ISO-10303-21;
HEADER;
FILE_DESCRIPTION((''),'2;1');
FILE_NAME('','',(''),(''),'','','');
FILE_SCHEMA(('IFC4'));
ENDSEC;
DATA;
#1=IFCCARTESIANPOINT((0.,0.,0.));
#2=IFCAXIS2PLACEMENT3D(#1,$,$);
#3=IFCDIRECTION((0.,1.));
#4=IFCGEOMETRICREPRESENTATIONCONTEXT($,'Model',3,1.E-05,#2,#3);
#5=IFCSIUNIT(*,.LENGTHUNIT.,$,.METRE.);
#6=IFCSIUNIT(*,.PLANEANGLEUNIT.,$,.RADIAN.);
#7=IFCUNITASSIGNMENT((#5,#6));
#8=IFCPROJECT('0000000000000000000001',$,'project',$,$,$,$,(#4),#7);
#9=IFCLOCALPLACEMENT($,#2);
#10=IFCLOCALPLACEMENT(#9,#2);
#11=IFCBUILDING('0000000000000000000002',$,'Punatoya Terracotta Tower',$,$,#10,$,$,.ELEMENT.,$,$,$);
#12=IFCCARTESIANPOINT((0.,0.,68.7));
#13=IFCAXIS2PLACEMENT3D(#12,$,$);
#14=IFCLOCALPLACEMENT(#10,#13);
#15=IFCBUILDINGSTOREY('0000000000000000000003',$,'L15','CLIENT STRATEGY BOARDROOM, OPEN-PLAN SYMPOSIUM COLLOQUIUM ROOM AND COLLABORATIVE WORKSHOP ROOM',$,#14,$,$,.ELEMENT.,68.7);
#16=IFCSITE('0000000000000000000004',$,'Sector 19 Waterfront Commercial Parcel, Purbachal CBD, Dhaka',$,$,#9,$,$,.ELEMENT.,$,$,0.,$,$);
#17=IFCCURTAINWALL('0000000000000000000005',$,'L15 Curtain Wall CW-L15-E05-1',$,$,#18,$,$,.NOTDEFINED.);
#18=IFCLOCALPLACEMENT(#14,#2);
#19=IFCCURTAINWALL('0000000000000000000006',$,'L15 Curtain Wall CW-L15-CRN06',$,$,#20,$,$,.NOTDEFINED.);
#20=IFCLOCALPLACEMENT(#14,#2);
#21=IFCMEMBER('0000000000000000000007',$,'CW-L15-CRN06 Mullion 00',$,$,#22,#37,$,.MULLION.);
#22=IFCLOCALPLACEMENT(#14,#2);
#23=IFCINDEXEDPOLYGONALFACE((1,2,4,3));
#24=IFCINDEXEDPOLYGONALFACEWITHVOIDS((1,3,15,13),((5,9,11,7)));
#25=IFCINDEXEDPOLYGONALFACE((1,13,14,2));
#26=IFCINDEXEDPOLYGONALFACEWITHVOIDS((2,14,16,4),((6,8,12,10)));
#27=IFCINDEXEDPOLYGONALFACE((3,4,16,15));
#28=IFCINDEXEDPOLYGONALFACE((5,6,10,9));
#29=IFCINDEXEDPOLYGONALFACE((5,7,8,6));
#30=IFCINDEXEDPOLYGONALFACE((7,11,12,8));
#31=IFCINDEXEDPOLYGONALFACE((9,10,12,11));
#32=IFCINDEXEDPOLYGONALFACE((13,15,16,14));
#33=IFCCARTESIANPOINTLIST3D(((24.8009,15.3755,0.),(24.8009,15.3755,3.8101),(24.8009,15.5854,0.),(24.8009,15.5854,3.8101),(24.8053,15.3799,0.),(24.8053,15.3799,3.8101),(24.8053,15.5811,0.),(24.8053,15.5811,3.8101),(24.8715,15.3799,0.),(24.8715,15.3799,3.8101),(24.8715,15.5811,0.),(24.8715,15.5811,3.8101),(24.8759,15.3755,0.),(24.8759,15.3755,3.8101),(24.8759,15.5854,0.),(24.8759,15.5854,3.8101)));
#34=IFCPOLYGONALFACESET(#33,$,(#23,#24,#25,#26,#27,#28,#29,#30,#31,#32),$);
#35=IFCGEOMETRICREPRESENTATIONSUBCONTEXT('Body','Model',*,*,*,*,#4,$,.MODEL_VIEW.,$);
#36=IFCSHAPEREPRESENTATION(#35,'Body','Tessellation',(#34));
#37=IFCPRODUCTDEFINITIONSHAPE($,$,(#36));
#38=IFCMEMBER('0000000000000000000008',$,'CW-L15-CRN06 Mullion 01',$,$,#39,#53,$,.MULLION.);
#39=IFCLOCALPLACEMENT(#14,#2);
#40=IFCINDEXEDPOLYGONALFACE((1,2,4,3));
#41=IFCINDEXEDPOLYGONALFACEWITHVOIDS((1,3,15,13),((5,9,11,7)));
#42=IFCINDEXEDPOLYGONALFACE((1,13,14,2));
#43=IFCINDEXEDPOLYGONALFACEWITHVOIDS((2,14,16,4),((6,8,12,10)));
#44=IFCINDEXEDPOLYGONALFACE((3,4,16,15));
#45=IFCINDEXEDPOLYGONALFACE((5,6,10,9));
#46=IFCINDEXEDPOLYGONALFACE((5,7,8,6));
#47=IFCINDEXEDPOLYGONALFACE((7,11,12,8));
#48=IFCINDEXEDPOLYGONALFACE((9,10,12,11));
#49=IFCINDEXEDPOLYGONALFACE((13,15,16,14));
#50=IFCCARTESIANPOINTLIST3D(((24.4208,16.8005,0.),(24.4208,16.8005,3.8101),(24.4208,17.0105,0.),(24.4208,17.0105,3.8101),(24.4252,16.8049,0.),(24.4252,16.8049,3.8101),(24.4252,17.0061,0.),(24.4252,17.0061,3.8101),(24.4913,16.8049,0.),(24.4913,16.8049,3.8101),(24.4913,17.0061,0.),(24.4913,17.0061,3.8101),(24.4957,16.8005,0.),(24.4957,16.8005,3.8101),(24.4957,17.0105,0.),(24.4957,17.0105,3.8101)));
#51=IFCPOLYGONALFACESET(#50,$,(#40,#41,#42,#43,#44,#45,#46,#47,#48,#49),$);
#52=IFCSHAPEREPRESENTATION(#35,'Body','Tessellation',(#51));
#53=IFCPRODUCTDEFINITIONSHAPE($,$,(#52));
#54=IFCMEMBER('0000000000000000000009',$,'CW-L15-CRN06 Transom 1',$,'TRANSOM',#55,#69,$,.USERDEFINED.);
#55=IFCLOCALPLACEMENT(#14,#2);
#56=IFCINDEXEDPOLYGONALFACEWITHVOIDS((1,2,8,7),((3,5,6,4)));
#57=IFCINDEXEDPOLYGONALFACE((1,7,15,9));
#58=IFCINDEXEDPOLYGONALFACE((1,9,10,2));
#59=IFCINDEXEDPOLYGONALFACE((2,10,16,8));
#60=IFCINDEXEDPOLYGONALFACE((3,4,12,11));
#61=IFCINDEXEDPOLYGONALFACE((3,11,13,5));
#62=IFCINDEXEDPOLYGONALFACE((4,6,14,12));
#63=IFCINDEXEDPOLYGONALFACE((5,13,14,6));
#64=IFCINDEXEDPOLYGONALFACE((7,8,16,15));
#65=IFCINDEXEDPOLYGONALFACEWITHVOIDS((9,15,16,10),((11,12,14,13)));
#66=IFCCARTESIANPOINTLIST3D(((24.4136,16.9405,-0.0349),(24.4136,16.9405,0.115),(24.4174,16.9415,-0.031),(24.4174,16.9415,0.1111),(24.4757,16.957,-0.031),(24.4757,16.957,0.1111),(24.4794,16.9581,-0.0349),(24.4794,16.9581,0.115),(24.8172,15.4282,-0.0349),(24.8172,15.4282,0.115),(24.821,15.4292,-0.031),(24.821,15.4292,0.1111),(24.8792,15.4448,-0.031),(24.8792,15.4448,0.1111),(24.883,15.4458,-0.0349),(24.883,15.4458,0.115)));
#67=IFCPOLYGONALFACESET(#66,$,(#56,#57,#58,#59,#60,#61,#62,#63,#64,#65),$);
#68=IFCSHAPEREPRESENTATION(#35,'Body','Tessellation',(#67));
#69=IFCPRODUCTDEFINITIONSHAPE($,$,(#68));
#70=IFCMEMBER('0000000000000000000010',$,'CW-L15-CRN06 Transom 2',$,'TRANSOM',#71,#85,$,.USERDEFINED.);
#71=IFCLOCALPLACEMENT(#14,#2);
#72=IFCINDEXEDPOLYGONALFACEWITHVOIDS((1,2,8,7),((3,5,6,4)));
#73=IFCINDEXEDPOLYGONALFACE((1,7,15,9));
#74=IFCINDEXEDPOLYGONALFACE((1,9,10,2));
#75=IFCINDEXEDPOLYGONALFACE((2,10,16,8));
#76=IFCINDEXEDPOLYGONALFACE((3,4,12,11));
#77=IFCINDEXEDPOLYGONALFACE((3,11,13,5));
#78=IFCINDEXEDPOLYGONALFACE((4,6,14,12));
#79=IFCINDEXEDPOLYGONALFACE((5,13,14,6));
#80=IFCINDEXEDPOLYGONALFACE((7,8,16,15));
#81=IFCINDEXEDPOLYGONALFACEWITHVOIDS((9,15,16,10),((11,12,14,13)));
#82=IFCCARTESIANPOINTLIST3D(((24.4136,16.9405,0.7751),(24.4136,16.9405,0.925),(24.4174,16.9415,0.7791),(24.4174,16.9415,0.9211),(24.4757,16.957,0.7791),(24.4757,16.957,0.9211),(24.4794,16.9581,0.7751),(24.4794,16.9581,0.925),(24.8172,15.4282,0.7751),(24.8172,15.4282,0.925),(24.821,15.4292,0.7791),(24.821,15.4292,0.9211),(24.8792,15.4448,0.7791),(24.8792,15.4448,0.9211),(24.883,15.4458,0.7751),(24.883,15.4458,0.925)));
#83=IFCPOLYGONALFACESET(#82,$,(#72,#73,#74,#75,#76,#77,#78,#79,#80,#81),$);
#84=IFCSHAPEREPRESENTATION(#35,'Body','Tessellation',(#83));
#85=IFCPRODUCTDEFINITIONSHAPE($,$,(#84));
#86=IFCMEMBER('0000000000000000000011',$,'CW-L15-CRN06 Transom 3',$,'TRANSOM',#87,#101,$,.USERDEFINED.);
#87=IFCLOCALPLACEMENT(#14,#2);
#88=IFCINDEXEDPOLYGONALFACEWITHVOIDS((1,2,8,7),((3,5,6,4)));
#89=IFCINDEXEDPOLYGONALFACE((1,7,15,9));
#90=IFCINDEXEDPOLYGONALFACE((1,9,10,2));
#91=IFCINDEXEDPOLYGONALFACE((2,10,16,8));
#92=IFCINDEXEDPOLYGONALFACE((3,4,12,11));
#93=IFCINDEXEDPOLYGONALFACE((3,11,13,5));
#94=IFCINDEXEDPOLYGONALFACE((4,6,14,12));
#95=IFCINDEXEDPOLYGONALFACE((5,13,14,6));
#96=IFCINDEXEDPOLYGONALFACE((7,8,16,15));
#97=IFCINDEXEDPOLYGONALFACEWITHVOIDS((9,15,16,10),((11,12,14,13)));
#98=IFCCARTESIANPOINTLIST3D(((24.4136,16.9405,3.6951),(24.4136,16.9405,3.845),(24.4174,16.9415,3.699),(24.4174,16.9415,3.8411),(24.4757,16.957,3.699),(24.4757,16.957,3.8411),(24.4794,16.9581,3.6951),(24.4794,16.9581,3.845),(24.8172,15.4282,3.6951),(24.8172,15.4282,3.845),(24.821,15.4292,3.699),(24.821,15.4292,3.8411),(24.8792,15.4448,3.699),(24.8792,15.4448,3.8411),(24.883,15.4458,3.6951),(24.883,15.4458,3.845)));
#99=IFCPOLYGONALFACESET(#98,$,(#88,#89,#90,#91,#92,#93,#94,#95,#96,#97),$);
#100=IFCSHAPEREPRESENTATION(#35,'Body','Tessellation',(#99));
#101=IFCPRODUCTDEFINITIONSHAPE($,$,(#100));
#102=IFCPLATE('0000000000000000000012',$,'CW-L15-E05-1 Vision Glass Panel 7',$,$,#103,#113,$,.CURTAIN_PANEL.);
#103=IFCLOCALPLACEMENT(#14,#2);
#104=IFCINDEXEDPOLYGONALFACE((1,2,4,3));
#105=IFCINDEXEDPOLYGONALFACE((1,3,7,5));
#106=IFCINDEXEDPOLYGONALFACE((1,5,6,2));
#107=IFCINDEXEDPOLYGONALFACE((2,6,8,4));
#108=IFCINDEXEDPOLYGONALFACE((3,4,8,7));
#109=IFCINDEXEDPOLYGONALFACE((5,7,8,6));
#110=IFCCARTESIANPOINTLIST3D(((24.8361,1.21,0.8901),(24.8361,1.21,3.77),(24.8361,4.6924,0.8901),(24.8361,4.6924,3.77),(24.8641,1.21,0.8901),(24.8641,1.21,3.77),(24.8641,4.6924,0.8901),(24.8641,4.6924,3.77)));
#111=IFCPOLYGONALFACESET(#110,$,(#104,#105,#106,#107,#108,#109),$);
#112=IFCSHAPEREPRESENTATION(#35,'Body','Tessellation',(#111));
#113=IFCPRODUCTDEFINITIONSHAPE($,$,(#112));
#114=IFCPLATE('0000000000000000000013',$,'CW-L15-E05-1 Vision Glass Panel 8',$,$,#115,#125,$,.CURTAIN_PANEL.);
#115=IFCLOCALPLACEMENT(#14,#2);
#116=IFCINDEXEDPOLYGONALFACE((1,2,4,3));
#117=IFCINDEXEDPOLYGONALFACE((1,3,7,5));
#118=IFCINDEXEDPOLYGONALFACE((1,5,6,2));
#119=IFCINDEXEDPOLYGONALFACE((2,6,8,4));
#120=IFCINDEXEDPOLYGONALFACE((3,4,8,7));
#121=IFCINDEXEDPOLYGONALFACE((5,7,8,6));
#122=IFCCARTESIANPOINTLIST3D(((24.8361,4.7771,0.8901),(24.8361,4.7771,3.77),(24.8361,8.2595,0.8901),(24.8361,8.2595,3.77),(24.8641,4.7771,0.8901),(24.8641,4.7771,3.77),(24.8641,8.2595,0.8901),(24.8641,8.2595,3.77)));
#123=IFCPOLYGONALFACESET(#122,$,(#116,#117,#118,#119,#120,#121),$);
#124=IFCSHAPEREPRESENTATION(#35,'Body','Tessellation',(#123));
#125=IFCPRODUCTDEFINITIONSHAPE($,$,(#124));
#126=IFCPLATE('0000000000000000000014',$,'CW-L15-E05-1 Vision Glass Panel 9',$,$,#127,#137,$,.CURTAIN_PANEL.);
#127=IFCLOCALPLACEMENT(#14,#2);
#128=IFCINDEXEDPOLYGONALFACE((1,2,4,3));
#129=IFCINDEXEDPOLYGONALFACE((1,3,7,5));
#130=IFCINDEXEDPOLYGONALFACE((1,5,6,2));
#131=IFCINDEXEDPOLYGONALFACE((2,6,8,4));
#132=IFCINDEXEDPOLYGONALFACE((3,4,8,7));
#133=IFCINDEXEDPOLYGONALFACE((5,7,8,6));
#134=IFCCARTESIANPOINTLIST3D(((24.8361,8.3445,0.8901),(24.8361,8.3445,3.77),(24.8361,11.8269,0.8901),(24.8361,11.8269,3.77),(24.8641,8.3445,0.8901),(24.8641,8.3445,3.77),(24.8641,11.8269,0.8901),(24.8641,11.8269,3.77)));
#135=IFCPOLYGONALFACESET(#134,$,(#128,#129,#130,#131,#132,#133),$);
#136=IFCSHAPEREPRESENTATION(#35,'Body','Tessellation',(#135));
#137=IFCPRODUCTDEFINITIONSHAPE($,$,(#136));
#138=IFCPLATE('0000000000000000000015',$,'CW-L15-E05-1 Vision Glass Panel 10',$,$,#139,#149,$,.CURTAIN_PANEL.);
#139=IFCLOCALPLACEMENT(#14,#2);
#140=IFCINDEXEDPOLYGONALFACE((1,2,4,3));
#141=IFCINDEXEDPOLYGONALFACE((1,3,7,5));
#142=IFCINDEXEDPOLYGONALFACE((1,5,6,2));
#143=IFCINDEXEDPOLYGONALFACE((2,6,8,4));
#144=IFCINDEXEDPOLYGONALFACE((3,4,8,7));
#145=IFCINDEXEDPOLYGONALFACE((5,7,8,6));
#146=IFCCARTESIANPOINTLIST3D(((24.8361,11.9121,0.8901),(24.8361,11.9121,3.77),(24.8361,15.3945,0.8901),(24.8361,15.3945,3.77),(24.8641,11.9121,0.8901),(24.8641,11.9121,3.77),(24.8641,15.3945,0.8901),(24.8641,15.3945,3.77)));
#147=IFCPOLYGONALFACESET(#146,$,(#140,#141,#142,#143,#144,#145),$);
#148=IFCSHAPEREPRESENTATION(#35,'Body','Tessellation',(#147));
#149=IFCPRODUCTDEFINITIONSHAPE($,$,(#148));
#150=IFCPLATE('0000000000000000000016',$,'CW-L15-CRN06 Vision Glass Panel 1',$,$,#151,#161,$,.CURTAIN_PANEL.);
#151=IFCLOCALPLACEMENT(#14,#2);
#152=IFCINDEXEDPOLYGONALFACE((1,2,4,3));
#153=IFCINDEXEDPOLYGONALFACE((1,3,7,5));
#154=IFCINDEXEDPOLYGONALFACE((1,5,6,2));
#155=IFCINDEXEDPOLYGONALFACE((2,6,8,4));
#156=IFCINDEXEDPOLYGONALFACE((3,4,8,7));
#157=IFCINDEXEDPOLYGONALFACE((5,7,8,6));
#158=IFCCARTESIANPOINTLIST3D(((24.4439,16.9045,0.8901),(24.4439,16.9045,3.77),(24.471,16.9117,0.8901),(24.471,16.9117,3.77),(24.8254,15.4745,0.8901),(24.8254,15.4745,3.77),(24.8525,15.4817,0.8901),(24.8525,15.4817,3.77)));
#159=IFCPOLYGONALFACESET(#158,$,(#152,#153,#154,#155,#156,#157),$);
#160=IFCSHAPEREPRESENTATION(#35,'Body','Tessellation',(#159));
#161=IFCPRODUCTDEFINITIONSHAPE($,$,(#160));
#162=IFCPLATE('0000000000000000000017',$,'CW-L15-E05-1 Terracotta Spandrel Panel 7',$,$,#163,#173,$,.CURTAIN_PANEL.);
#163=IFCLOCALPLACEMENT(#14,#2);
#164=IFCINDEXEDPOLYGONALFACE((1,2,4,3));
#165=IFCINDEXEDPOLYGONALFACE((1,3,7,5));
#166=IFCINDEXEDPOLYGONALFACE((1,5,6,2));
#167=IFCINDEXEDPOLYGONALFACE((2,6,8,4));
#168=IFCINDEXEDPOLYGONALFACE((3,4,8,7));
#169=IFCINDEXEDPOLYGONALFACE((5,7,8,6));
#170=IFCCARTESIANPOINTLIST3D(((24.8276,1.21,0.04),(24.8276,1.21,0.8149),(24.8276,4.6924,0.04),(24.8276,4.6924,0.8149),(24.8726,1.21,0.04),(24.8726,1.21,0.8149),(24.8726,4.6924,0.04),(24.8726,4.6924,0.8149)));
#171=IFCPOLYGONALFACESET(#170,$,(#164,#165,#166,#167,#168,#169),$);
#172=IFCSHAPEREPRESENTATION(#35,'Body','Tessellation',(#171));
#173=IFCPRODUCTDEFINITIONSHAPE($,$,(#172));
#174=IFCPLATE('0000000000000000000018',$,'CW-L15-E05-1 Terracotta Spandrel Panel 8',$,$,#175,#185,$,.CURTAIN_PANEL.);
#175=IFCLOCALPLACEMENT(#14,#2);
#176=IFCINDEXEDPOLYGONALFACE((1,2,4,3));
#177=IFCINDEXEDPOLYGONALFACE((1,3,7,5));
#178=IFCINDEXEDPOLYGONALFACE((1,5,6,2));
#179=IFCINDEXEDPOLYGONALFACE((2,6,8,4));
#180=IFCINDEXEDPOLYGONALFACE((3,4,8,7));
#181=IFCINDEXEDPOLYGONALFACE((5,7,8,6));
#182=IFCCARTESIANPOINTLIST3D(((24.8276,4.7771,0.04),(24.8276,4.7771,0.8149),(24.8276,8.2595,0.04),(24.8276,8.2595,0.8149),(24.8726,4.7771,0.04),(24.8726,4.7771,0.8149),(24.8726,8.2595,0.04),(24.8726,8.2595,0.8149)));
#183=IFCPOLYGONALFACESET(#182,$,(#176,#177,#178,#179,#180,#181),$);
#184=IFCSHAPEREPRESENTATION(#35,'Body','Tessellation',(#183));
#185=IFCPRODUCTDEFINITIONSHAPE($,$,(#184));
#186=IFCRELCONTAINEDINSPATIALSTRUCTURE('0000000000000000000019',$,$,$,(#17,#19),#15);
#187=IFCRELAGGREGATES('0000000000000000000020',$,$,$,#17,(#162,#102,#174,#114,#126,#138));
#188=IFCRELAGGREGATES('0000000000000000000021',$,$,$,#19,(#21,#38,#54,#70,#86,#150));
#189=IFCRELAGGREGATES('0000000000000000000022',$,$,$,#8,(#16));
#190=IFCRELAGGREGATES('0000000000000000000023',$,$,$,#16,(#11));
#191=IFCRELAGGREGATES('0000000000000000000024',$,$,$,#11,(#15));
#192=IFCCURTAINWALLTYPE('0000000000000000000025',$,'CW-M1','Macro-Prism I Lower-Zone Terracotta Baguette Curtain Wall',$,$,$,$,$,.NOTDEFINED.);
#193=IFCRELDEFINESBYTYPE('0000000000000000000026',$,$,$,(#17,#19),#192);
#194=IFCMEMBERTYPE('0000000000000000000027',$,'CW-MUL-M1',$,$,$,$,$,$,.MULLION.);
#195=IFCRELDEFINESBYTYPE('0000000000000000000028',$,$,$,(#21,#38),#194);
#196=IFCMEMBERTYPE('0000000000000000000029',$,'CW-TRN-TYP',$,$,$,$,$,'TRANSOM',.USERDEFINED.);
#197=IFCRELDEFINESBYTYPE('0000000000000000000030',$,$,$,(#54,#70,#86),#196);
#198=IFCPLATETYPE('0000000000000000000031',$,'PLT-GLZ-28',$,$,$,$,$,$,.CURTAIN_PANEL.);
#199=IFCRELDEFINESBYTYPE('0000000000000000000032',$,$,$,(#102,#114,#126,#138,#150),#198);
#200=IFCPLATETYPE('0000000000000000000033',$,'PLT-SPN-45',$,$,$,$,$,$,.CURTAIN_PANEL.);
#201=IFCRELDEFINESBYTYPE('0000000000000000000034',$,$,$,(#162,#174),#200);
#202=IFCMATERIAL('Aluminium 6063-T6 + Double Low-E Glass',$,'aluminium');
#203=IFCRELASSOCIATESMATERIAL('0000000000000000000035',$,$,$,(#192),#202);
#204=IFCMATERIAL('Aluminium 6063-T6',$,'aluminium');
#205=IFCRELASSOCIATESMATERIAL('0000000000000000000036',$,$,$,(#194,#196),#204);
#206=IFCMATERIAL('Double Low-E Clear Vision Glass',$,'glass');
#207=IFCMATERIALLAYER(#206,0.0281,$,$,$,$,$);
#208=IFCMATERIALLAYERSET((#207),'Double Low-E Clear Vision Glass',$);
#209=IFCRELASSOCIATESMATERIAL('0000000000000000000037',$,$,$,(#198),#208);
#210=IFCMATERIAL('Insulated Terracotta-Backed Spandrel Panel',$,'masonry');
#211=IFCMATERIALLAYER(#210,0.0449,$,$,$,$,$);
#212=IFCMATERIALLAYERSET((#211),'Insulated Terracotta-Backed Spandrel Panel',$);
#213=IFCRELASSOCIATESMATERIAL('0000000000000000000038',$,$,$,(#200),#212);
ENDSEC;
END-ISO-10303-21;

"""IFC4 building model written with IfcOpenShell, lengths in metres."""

from ifc_helpers import new_model, si_unit, direction, frame, origin, origin_2d, place, context, subcontext, project, spatial, rectangle, hollow_rectangle, extrude, material, layer, layer_set, material_profile, profile_set, type_object, element, aggregate, save


model = new_model("IFC4")

# Units and contexts
model_context = context("Model", 3, precision=1e-05, world=origin(), true_north=direction((0.0, 1.0)))
body_context = subcontext(model_context, "Body", "Model", "MODEL_VIEW")
ifc_project = project(units=[si_unit("LENGTHUNIT", "METRE"), si_unit("PLANEANGLEUNIT", "RADIAN")], contexts=[model_context])

# Site, building, storey
site_placement = place(None, origin())
site = spatial("IfcSite", under=ifc_project, at=site_placement, Name="Sector 19 Waterfront Commercial Parcel, Purbachal CBD, Dhaka", CompositionType="ELEMENT", RefElevation=0.0)
building_placement = place(site_placement, origin())
building = spatial("IfcBuilding", under=site, at=building_placement, Name="Punatoya Terracotta Tower", CompositionType="ELEMENT")
storey_placement = place(building_placement, frame((0.0, 0.0, 68.7)))
storey = spatial("IfcBuildingStorey", under=building, at=storey_placement, Name="L15", Description="CLIENT STRATEGY BOARDROOM, OPEN-PLAN SYMPOSIUM COLLOQUIUM ROOM AND COLLABORATIVE WORKSHOP ROOM", CompositionType="ELEMENT", Elevation=68.7)

# Curtain walls, members
ifc_material_1 = material(Name="Aluminium 6063-T6 + Double Low-E Glass", Category="aluminium")
curtain_wall_type = type_object("IfcCurtainWallType", Name="CW-M1", Description="Macro-Prism I Lower-Zone Terracotta Baguette Curtain Wall", PredefinedType="NOTDEFINED", material=ifc_material_1)
curtain_wall_1_placement = place(storey_placement, origin())
curtain_wall_1 = element("IfcCurtainWall", 1, at=curtain_wall_1_placement, inside=storey, type_object=curtain_wall_type, Name="L15 Curtain Wall CW-L15-E05-1", PredefinedType="NOTDEFINED")
ifc_material_2 = material(Name="Aluminium 6063-T6", Category="aluminium")
ifc_material_profile_1 = material_profile(ifc_material_2, hollow_rectangle(XDim=0.075, YDim=0.21, WallThickness=0.0044, at=origin_2d()))
ifc_profile_set_1 = profile_set([ifc_material_profile_1], Name="Aluminium 6063-T6")
member_type_1 = type_object("IfcMemberType", Name="CW-MUL-M1", PredefinedType="MULLION", material=ifc_profile_set_1)
curtain_wall_2_placement = place(storey_placement, origin())
curtain_wall_2 = element("IfcCurtainWall", 2, at=curtain_wall_2_placement, inside=storey, type_object=curtain_wall_type, Name="L15 Curtain Wall CW-L15-CRN06", PredefinedType="NOTDEFINED")
member_1_placement = place(storey_placement, frame((24.8384, 15.4805, 0.0), z_axis=(0.0, 0.0, 1.0), x_axis=(1.0, 0.0, 0.0)))
member_1 = element("IfcMember", 3, at=member_1_placement, type_object=member_type_1, Name="CW-L15-CRN06 Mullion 00", PredefinedType="MULLION", context=body_context, shape_type="SweptSolid", body=[
    extrude(hollow_rectangle(XDim=0.075, YDim=0.21, WallThickness=0.0044, at=origin_2d()), origin(), (0.0, 0.0, 1.0), 3.8101),
])
member_2_placement = place(storey_placement, frame((24.4583, 16.9055, 0.0), z_axis=(0.0, 0.0, 1.0), x_axis=(1.0, 0.0, 0.0)))
member_2 = element("IfcMember", 4, at=member_2_placement, type_object=member_type_1, Name="CW-L15-CRN06 Mullion 01", PredefinedType="MULLION", context=body_context, shape_type="SweptSolid", body=[
    extrude(hollow_rectangle(XDim=0.075, YDim=0.21, WallThickness=0.0044, at=origin_2d()), origin(), (0.0, 0.0, 1.0), 3.8101),
])
ifc_material_profile_2 = material_profile(ifc_material_2, hollow_rectangle(XDim=0.0681, YDim=0.1499, WallThickness=0.0039, at=origin_2d()))
ifc_profile_set_2 = profile_set([ifc_material_profile_2], Name="Aluminium 6063-T6")
member_type_2 = type_object("IfcMemberType", Name="CW-TRN-TYP", ElementType="TRANSOM", PredefinedType="USERDEFINED", material=ifc_profile_set_2)
member_3_placement = place(storey_placement, frame((24.8501, 15.437, 0.04), z_axis=(-0.257847, 0.966186, 0.0), x_axis=(-0.966186, -0.257847, 0.0)))
member_3 = element("IfcMember", 5, at=member_3_placement, type_object=member_type_2, Name="CW-L15-CRN06 Transom 1", ObjectType="TRANSOM", PredefinedType="USERDEFINED", context=body_context, shape_type="SweptSolid", body=[
    extrude(hollow_rectangle(XDim=0.0681, YDim=0.1499, WallThickness=0.0039, at=origin_2d()), origin(), (0.0, 0.0, 1.0), 1.5652),
])
member_4_placement = place(storey_placement, frame((24.8501, 15.437, 0.8501), z_axis=(-0.257847, 0.966186, 0.0), x_axis=(-0.966186, -0.257847, 0.0)))
member_4 = element("IfcMember", 6, at=member_4_placement, type_object=member_type_2, Name="CW-L15-CRN06 Transom 2", ObjectType="TRANSOM", PredefinedType="USERDEFINED", context=body_context, shape_type="SweptSolid", body=[
    extrude(hollow_rectangle(XDim=0.0681, YDim=0.1499, WallThickness=0.0039, at=origin_2d()), origin(), (0.0, 0.0, 1.0), 1.5652),
])
member_5_placement = place(storey_placement, frame((24.8501, 15.437, 3.77), z_axis=(-0.257847, 0.966186, 0.0), x_axis=(-0.966186, -0.257847, 0.0)))
member_5 = element("IfcMember", 7, at=member_5_placement, type_object=member_type_2, Name="CW-L15-CRN06 Transom 3", ObjectType="TRANSOM", PredefinedType="USERDEFINED", context=body_context, shape_type="SweptSolid", body=[
    extrude(hollow_rectangle(XDim=0.0681, YDim=0.1499, WallThickness=0.0039, at=origin_2d()), origin(), (0.0, 0.0, 1.0), 1.5652),
])

# Plates
ifc_material_3 = material(Name="Double Low-E Clear Vision Glass", Category="glass")
ifc_layer_1 = layer(ifc_material_3, 0.0281)
ifc_layer_set_1 = layer_set([ifc_layer_1], Name="Double Low-E Clear Vision Glass")
plate_type_1 = type_object("IfcPlateType", Name="PLT-GLZ-28", PredefinedType="CURTAIN_PANEL", material=ifc_layer_set_1)
plate_1_placement = place(storey_placement, frame((24.8501, 2.9512, 0.8901), z_axis=(0.0, 0.0, 1.0), x_axis=(0.0, 1.0, 0.0)))
plate_1 = element("IfcPlate", 8, at=plate_1_placement, type_object=plate_type_1, Name="CW-L15-E05-1 Vision Glass Panel 7", PredefinedType="CURTAIN_PANEL", context=body_context, shape_type="SweptSolid", body=[
    extrude(rectangle(XDim=3.4824, YDim=0.0281, at=origin_2d()), origin(), (0.0, 0.0, 1.0), 2.8799),
])
plate_2_placement = place(storey_placement, frame((24.8501, 6.5183, 0.8901), z_axis=(0.0, 0.0, 1.0), x_axis=(0.0, 1.0, 0.0)))
plate_2 = element("IfcPlate", 9, at=plate_2_placement, type_object=plate_type_1, Name="CW-L15-E05-1 Vision Glass Panel 8", PredefinedType="CURTAIN_PANEL", context=body_context, shape_type="SweptSolid", body=[
    extrude(rectangle(XDim=3.4824, YDim=0.0281, at=origin_2d()), origin(), (0.0, 0.0, 1.0), 2.8799),
])
plate_3_placement = place(storey_placement, frame((24.8501, 10.0857, 0.8901), z_axis=(0.0, 0.0, 1.0), x_axis=(0.0, 1.0, 0.0)))
plate_3 = element("IfcPlate", 10, at=plate_3_placement, type_object=plate_type_1, Name="CW-L15-E05-1 Vision Glass Panel 9", PredefinedType="CURTAIN_PANEL", context=body_context, shape_type="SweptSolid", body=[
    extrude(rectangle(XDim=3.4824, YDim=0.0281, at=origin_2d()), origin(), (0.0, 0.0, 1.0), 2.8799),
])
plate_4_placement = place(storey_placement, frame((24.8501, 13.6533, 0.8901), z_axis=(0.0, 0.0, 1.0), x_axis=(0.0, 1.0, 0.0)))
plate_4 = element("IfcPlate", 11, at=plate_4_placement, type_object=plate_type_1, Name="CW-L15-E05-1 Vision Glass Panel 10", PredefinedType="CURTAIN_PANEL", context=body_context, shape_type="SweptSolid", body=[
    extrude(rectangle(XDim=3.4824, YDim=0.0281, at=origin_2d()), origin(), (0.0, 0.0, 1.0), 2.8799),
])
plate_5_placement = place(storey_placement, frame((24.6482, 16.1931, 0.8901), z_axis=(0.0, 0.0, 1.0), x_axis=(-0.257742, 0.966214, 0.0)))
plate_5 = element("IfcPlate", 12, at=plate_5_placement, type_object=plate_type_1, Name="CW-L15-CRN06 Vision Glass Panel 1", PredefinedType="CURTAIN_PANEL", context=body_context, shape_type="SweptSolid", body=[
    extrude(rectangle(XDim=1.48, YDim=0.0281, at=origin_2d()), origin(), (0.0, 0.0, 1.0), 2.8799),
])
ifc_material_4 = material(Name="Insulated Terracotta-Backed Spandrel Panel", Category="masonry")
ifc_layer_2 = layer(ifc_material_4, 0.0449)
ifc_layer_set_2 = layer_set([ifc_layer_2], Name="Insulated Terracotta-Backed Spandrel Panel")
plate_type_2 = type_object("IfcPlateType", Name="PLT-SPN-45", PredefinedType="CURTAIN_PANEL", material=ifc_layer_set_2)
plate_6_placement = place(storey_placement, frame((24.8501, 2.9512, 0.04), z_axis=(0.0, 0.0, 1.0), x_axis=(0.0, 1.0, 0.0)))
plate_6 = element("IfcPlate", 13, at=plate_6_placement, type_object=plate_type_2, Name="CW-L15-E05-1 Terracotta Spandrel Panel 7", PredefinedType="CURTAIN_PANEL", context=body_context, shape_type="SweptSolid", body=[
    extrude(rectangle(XDim=3.4824, YDim=0.0449, at=origin_2d()), origin(), (0.0, 0.0, 1.0), 0.7749),
])
plate_7_placement = place(storey_placement, frame((24.8501, 6.5183, 0.04), z_axis=(0.0, 0.0, 1.0), x_axis=(0.0, 1.0, 0.0)))
plate_7 = element("IfcPlate", 14, at=plate_7_placement, type_object=plate_type_2, Name="CW-L15-E05-1 Terracotta Spandrel Panel 8", PredefinedType="CURTAIN_PANEL", context=body_context, shape_type="SweptSolid", body=[
    extrude(rectangle(XDim=3.4824, YDim=0.0449, at=origin_2d()), origin(), (0.0, 0.0, 1.0), 0.7749),
])
aggregate(curtain_wall_1, [plate_6, plate_1, plate_7, plate_2, plate_3, plate_4])
aggregate(curtain_wall_2, [member_1, member_2, member_3, member_4, member_5, plate_5])

save(model, "model.ifc")
